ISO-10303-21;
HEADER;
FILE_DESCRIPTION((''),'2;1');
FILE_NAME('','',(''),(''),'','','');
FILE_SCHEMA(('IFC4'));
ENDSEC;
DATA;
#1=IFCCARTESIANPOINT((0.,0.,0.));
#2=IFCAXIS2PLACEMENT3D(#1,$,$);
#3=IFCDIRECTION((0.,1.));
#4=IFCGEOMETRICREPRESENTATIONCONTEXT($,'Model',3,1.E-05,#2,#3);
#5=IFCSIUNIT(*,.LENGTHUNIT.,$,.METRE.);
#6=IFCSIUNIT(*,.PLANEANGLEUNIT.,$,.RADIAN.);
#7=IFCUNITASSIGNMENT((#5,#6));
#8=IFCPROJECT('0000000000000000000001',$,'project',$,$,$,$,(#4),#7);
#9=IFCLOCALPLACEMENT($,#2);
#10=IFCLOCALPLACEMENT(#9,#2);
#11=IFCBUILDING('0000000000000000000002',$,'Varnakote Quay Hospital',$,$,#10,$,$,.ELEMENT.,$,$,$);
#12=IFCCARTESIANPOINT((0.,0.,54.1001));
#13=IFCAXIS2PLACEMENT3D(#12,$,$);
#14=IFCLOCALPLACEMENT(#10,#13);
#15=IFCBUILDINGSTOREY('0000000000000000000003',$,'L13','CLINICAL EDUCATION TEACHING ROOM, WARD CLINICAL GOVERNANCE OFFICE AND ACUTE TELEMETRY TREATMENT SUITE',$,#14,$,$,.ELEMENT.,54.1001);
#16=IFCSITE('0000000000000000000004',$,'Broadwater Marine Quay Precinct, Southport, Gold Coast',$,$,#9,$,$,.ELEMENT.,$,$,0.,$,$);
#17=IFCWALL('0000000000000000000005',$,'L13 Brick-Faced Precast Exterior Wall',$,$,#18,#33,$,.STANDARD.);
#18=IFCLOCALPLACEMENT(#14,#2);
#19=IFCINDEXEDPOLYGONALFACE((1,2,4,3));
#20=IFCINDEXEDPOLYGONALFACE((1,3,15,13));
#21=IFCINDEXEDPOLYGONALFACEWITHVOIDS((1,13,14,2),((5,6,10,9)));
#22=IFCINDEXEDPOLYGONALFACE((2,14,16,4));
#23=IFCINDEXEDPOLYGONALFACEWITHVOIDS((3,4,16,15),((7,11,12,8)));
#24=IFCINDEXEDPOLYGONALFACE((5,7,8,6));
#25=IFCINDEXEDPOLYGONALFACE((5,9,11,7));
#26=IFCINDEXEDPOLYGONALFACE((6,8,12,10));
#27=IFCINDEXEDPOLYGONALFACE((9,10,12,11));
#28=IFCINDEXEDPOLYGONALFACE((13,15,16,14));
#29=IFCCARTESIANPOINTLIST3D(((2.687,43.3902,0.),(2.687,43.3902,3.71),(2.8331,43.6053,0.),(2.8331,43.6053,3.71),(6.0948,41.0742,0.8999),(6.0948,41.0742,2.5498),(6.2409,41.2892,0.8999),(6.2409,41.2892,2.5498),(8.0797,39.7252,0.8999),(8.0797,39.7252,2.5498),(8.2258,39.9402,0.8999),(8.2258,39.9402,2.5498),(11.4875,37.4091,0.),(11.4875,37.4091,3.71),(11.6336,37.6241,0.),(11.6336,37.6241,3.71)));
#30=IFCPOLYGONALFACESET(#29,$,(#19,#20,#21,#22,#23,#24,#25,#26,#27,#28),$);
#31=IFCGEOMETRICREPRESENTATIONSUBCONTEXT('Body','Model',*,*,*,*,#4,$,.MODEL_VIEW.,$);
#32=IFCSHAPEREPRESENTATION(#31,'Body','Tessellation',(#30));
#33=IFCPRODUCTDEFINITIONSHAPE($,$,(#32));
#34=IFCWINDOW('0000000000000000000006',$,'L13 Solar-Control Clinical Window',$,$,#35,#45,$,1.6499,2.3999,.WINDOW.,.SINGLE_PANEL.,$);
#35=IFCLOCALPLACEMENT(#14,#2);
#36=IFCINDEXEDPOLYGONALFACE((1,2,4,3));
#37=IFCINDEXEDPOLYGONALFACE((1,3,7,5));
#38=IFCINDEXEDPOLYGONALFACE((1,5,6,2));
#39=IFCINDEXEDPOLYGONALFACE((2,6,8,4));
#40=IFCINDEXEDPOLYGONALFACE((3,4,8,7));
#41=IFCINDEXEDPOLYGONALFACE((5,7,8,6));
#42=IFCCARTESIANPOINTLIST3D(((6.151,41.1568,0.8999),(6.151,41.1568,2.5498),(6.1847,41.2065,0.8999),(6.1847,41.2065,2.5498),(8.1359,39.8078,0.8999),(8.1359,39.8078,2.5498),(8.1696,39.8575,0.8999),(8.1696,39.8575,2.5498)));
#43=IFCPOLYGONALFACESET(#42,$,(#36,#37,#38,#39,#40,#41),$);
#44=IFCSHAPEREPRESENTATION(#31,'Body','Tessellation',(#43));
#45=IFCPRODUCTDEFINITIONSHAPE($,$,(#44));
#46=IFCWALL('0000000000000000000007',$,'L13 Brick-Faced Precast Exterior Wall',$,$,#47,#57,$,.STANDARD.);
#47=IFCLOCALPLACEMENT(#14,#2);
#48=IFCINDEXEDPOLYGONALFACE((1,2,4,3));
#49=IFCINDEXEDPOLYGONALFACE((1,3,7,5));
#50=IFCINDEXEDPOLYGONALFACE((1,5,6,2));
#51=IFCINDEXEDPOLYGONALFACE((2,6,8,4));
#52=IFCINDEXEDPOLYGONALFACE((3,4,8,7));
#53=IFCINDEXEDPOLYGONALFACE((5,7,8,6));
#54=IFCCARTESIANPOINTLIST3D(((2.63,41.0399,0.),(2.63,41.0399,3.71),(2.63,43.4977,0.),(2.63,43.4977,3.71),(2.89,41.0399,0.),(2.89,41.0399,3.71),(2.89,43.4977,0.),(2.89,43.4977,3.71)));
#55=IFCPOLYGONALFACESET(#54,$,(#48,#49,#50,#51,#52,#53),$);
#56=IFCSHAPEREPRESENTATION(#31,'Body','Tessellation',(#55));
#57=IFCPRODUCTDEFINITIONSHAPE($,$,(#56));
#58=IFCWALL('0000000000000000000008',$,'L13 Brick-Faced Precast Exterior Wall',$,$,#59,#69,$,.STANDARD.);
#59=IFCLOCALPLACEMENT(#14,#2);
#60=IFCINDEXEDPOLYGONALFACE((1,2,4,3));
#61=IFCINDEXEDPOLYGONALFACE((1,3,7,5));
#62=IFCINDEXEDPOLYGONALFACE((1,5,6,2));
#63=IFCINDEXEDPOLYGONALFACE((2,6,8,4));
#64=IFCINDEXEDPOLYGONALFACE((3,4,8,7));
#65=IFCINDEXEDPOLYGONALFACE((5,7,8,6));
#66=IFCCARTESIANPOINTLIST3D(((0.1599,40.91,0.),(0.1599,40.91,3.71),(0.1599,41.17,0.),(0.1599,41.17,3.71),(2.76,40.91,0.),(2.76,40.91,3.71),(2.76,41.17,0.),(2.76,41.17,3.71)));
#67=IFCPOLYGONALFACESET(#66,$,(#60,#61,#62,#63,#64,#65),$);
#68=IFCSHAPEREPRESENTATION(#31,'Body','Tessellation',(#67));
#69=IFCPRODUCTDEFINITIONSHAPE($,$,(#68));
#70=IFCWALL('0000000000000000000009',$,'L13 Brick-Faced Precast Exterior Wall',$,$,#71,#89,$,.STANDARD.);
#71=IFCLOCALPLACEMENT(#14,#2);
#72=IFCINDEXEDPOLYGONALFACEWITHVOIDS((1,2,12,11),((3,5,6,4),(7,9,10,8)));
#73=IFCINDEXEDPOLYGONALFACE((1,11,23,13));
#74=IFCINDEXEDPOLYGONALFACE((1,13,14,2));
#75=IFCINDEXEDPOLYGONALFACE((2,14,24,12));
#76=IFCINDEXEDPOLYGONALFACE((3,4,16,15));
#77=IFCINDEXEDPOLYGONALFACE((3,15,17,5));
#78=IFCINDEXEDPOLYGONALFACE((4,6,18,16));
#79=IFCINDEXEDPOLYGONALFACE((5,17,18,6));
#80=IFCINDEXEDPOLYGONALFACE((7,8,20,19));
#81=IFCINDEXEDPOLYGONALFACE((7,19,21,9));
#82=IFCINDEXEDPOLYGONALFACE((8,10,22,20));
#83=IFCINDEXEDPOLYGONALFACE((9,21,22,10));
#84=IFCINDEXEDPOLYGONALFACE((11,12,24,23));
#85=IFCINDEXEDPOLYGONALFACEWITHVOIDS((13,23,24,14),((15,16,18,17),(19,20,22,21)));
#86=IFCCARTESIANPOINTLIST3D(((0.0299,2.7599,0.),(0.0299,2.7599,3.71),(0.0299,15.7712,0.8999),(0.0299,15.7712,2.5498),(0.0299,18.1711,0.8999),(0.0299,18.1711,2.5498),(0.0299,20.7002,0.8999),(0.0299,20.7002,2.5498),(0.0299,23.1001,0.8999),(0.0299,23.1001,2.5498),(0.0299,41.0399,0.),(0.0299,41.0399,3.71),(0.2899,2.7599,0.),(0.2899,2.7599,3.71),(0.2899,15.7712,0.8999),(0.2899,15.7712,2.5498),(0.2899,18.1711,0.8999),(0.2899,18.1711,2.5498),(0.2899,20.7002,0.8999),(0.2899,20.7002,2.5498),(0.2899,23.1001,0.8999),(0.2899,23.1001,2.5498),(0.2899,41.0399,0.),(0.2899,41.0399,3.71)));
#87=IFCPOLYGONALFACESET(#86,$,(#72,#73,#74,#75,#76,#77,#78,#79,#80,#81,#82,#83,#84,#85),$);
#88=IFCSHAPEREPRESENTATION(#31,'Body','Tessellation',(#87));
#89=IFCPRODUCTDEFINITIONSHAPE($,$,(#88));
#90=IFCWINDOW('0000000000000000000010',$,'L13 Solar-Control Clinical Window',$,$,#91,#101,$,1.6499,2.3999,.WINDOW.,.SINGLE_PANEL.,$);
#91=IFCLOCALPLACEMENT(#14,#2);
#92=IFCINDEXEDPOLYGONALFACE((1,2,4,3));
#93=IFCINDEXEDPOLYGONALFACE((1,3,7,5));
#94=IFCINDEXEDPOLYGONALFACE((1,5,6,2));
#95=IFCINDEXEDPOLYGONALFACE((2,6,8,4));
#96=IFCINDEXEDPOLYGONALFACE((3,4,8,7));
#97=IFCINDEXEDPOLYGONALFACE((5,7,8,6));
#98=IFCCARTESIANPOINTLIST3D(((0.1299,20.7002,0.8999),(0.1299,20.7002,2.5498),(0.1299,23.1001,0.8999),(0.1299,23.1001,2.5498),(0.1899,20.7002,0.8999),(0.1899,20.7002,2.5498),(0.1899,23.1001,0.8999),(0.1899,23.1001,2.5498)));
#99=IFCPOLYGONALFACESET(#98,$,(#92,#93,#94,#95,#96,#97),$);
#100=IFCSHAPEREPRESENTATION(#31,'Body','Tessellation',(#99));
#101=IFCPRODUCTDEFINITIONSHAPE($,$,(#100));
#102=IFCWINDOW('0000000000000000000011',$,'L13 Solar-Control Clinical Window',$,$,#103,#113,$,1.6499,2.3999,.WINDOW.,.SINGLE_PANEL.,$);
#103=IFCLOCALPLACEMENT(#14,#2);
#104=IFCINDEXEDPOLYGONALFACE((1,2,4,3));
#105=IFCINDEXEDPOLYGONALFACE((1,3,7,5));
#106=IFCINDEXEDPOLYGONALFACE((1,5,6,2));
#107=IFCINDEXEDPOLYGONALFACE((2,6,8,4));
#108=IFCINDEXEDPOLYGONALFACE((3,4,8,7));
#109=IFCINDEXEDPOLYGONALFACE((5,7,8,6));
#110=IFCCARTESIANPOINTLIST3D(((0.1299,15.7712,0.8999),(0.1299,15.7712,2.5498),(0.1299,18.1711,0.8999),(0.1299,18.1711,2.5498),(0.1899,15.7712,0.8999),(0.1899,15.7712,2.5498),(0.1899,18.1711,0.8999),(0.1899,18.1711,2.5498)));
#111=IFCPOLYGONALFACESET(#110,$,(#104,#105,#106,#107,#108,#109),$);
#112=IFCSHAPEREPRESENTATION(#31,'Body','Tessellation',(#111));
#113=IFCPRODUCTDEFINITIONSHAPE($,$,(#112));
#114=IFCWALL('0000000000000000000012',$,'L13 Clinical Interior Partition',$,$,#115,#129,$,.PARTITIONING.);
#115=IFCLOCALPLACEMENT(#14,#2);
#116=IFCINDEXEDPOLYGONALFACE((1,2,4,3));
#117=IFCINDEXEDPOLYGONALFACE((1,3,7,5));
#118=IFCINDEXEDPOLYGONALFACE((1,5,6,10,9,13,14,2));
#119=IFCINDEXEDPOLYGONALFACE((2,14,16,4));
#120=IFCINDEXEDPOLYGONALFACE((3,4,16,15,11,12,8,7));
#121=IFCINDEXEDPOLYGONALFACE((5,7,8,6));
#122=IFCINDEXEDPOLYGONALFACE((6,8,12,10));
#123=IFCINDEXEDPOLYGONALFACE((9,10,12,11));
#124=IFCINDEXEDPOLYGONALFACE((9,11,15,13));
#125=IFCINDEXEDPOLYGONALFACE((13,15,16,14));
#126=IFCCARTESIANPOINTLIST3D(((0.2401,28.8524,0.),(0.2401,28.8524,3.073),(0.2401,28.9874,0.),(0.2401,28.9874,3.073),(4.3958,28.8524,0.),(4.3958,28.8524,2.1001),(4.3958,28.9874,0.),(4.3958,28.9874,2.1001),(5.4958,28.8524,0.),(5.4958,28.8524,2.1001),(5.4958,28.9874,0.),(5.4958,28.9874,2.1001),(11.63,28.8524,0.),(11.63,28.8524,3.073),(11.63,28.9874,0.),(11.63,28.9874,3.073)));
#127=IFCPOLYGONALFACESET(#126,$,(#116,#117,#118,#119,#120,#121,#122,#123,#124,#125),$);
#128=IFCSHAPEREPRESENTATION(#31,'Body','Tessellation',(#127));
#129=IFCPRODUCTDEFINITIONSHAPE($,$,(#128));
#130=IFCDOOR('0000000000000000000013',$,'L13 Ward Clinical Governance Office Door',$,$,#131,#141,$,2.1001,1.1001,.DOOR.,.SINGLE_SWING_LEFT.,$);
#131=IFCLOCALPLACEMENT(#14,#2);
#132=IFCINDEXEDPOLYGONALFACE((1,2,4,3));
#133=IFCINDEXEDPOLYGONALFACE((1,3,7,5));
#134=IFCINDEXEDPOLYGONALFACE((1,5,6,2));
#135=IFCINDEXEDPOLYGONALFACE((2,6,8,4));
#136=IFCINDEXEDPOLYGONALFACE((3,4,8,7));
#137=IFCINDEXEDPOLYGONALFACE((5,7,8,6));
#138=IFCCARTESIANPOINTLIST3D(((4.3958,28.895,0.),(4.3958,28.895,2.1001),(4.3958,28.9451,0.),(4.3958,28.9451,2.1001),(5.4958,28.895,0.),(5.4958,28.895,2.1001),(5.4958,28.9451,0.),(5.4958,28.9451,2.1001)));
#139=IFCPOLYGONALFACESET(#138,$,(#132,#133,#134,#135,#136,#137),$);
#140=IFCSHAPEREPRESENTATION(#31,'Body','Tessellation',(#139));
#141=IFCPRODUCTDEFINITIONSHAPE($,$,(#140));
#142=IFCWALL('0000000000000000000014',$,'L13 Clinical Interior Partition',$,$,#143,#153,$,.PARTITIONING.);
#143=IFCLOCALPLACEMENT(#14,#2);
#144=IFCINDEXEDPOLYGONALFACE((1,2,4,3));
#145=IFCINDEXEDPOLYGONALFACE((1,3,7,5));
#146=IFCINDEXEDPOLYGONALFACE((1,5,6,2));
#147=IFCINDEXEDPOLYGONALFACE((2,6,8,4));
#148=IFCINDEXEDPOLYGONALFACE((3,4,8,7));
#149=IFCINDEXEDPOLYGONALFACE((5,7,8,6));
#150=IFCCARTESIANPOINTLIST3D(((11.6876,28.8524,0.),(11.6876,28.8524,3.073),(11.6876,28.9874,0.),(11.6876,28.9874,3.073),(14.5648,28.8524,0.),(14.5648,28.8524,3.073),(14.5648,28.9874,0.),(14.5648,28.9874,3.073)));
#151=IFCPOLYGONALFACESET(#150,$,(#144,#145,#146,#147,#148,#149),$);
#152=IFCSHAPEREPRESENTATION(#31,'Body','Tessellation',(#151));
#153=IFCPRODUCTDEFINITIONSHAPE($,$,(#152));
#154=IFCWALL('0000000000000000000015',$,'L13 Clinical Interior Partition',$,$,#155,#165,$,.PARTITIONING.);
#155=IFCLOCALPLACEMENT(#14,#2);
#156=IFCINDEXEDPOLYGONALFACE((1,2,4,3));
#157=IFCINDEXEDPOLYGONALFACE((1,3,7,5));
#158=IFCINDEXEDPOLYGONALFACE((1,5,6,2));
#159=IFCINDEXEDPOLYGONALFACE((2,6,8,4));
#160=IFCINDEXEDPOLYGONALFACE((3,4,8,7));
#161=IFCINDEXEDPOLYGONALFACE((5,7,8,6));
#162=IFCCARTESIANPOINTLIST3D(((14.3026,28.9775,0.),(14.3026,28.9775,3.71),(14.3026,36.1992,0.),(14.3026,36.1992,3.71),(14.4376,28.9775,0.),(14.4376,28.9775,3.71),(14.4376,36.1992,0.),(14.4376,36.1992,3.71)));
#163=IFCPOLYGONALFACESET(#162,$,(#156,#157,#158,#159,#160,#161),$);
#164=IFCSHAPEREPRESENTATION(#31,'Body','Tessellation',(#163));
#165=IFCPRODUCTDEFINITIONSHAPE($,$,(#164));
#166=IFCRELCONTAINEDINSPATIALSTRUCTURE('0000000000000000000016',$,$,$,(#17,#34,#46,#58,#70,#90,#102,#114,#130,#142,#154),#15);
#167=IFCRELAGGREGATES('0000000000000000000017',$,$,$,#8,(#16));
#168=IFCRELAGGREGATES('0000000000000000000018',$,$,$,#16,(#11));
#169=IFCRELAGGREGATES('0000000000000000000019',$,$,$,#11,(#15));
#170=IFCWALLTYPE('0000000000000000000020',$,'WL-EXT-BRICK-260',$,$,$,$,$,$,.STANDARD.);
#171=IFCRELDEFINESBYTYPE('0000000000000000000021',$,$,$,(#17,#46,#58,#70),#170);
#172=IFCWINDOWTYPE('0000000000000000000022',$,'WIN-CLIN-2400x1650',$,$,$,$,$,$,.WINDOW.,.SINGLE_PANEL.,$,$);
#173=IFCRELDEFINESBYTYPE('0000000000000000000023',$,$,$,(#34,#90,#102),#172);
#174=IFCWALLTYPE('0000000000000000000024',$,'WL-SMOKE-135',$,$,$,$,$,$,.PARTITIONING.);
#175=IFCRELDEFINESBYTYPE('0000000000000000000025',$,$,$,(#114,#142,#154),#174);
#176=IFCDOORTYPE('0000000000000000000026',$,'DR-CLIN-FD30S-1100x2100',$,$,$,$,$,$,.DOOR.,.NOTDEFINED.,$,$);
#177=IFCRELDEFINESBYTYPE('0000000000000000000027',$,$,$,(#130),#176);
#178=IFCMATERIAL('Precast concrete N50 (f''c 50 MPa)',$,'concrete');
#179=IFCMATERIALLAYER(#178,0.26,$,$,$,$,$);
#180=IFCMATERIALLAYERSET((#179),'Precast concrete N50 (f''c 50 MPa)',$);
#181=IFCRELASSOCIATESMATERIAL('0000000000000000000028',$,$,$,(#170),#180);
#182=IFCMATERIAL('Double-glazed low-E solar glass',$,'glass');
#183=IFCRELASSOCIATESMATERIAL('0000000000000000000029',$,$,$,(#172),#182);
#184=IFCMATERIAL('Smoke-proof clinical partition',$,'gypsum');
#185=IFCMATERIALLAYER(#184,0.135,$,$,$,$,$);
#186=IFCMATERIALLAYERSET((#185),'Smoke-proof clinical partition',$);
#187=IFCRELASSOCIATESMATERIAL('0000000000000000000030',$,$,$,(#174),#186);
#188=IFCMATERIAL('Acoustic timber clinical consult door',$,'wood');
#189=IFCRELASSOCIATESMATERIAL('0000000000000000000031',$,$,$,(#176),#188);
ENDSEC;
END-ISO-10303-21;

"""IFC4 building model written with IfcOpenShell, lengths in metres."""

from ifc_helpers import new_model, si_unit, direction, frame, frame_2d, origin, place, context, subcontext, project, spatial, rectangle, extrude, material, layer, layer_set, type_object, element, fill, save


model = new_model("IFC4")

# Units and contexts
model_context = context("Model", 3, precision=1e-05, world=origin(), true_north=direction((0.0, 1.0)))
body_context = subcontext(model_context, "Body", "Model", "MODEL_VIEW")
ifc_project = project(units=[si_unit("LENGTHUNIT", "METRE"), si_unit("PLANEANGLEUNIT", "RADIAN")], contexts=[model_context])

# Site, building, storey
site_placement = place(None, origin())
site = spatial("IfcSite", under=ifc_project, at=site_placement, Name="Broadwater Marine Quay Precinct, Southport, Gold Coast", CompositionType="ELEMENT", RefElevation=0.0)
building_placement = place(site_placement, origin())
building = spatial("IfcBuilding", under=site, at=building_placement, Name="Varnakote Quay Hospital", CompositionType="ELEMENT")
storey_placement = place(building_placement, frame((0.0, 0.0, 54.1001)))
storey = spatial("IfcBuildingStorey", under=building, at=storey_placement, Name="L13", Description="CLINICAL EDUCATION TEACHING ROOM, WARD CLINICAL GOVERNANCE OFFICE AND ACUTE TELEMETRY TREATMENT SUITE", CompositionType="ELEMENT", Elevation=54.1001)

# Wall, opening, window
ifc_material_1 = material(Name="Precast concrete N50 (f'c 50 MPa)", Category="concrete")
ifc_layer_1 = layer(ifc_material_1, 0.26)
ifc_layer_set_1 = layer_set([ifc_layer_1], Name="Precast concrete N50 (f'c 50 MPa)")
wall_type_1 = type_object("IfcWallType", Name="WL-EXT-BRICK-260", PredefinedType="STANDARD", material=ifc_layer_set_1)
wall_1_placement = place(storey_placement, frame((11.5605, 37.5166, 0.0), z_axis=(0.0, 0.0, 1.0), x_axis=(-0.827065, 0.562107, 0.0)))
wall_1 = element("IfcWall", 1, at=wall_1_placement, inside=storey, type_object=wall_type_1, Name="L13 Brick-Faced Precast Exterior Wall", PredefinedType="STANDARD", context=body_context, shape_type="SweptSolid", body=[
    extrude(rectangle(XDim=10.6406, YDim=0.26, at=frame_2d((5.3203, 0.0))), origin(), (0.0, 0.0, 1.0), 3.71),
])
opening_1_placement = place(wall_1_placement, frame((4.1204, 0.0, 0.8999)))
opening_1 = element("IfcOpeningElement", 2, at=opening_1_placement, cuts=wall_1, PredefinedType="OPENING", context=body_context, shape_type="SweptSolid", body=[
    extrude(rectangle(XDim=2.3999, YDim=1.6499, at=frame_2d((1.2, 0.825))), frame((0.0, 0.1399, 0.0), z_axis=(0.0, -1.0, 0.0), x_axis=(1.0, 0.0, 0.0)), (0.0, 0.0, 1.0), 0.28),
])
ifc_material_2 = material(Name="Double-glazed low-E solar glass", Category="glass")
window_type = type_object("IfcWindowType", Name="WIN-CLIN-2400x1650", PartitioningType="SINGLE_PANEL", PredefinedType="WINDOW", material=ifc_material_2)
window_1_placement = place(opening_1_placement, origin())
window_1 = element("IfcWindow", 3, at=window_1_placement, inside=storey, type_object=window_type, Name="L13 Solar-Control Clinical Window", OverallHeight=1.6499, OverallWidth=2.3999, PartitioningType="SINGLE_PANEL", PredefinedType="WINDOW", context=body_context, shape_type="SweptSolid", body=[
    extrude(rectangle(XDim=2.3999, YDim=1.6499, at=frame_2d((1.2, 0.825))), frame((0.0, 0.03, 0.0), z_axis=(0.0, -1.0, 0.0), x_axis=(1.0, 0.0, 0.0)), (0.0, 0.0, 1.0), 0.0601),
])
fill(opening_1, window_1)

# Walls
wall_2_placement = place(storey_placement, frame((2.76, 43.4978, 0.0), z_axis=(0.0, 0.0, 1.0), x_axis=(0.0, -1.0, 0.0)))
element("IfcWall", 4, at=wall_2_placement, inside=storey, type_object=wall_type_1, Name="L13 Brick-Faced Precast Exterior Wall", PredefinedType="STANDARD", context=body_context, shape_type="SweptSolid", body=[
    extrude(rectangle(XDim=2.4578, YDim=0.26, at=frame_2d((1.229, 0.0))), origin(), (0.0, 0.0, 1.0), 3.71),
])
wall_3_placement = place(storey_placement, frame((2.76, 41.04, 0.0), z_axis=(0.0, 0.0, 1.0), x_axis=(-1.0, 0.0, 0.0)))
element("IfcWall", 5, at=wall_3_placement, inside=storey, type_object=wall_type_1, Name="L13 Brick-Faced Precast Exterior Wall", PredefinedType="STANDARD", context=body_context, shape_type="SweptSolid", body=[
    extrude(rectangle(XDim=2.6001, YDim=0.26, at=frame_2d((1.3, 0.0))), origin(), (0.0, 0.0, 1.0), 3.71),
])

# Wall, openings, windows
wall_4_placement = place(storey_placement, frame((0.1599, 41.04, 0.0), z_axis=(0.0, 0.0, 1.0), x_axis=(0.0, -1.0, 0.0)))
wall_4 = element("IfcWall", 6, at=wall_4_placement, inside=storey, type_object=wall_type_1, Name="L13 Brick-Faced Precast Exterior Wall", PredefinedType="STANDARD", context=body_context, shape_type="SweptSolid", body=[
    extrude(rectangle(XDim=38.28, YDim=0.26, at=frame_2d((19.1401, 0.0))), origin(), (0.0, 0.0, 1.0), 3.71),
])
opening_2_placement = place(wall_4_placement, frame((17.9399, 0.0, 0.8999)))
opening_2 = element("IfcOpeningElement", 7, at=opening_2_placement, cuts=wall_4, PredefinedType="OPENING", context=body_context, shape_type="SweptSolid", body=[
    extrude(rectangle(XDim=2.3999, YDim=1.6499, at=frame_2d((1.2, 0.825))), frame((0.0, 0.1399, 0.0), z_axis=(0.0, -1.0, 0.0), x_axis=(1.0, 0.0, 0.0)), (0.0, 0.0, 1.0), 0.28),
])
opening_3_placement = place(wall_4_placement, frame((22.8689, 0.0, 0.8999)))
opening_3 = element("IfcOpeningElement", 8, at=opening_3_placement, cuts=wall_4, PredefinedType="OPENING", context=body_context, shape_type="SweptSolid", body=[
    extrude(rectangle(XDim=2.3999, YDim=1.6499, at=frame_2d((1.2, 0.825))), frame((0.0, 0.1399, 0.0), z_axis=(0.0, -1.0, 0.0), x_axis=(1.0, 0.0, 0.0)), (0.0, 0.0, 1.0), 0.28),
])
window_2_placement = place(opening_2_placement, origin())
window_2 = element("IfcWindow", 9, at=window_2_placement, inside=storey, type_object=window_type, Name="L13 Solar-Control Clinical Window", OverallHeight=1.6499, OverallWidth=2.3999, PartitioningType="SINGLE_PANEL", PredefinedType="WINDOW", context=body_context, shape_type="SweptSolid", body=[
    extrude(rectangle(XDim=2.3999, YDim=1.6499, at=frame_2d((1.2, 0.825))), frame((0.0, 0.03, 0.0), z_axis=(0.0, -1.0, 0.0), x_axis=(1.0, 0.0, 0.0)), (0.0, 0.0, 1.0), 0.0601),
])
fill(opening_2, window_2)
window_3_placement = place(opening_3_placement, origin())
window_3 = element("IfcWindow", 10, at=window_3_placement, inside=storey, type_object=window_type, Name="L13 Solar-Control Clinical Window", OverallHeight=1.6499, OverallWidth=2.3999, PartitioningType="SINGLE_PANEL", PredefinedType="WINDOW", context=body_context, shape_type="SweptSolid", body=[
    extrude(rectangle(XDim=2.3999, YDim=1.6499, at=frame_2d((1.2, 0.825))), frame((0.0, 0.03, 0.0), z_axis=(0.0, -1.0, 0.0), x_axis=(1.0, 0.0, 0.0)), (0.0, 0.0, 1.0), 0.0601),
])
fill(opening_3, window_3)

# Wall, opening, door
ifc_material_3 = material(Name="Smoke-proof clinical partition", Category="gypsum")
ifc_layer_2 = layer(ifc_material_3, 0.135)
ifc_layer_set_2 = layer_set([ifc_layer_2], Name="Smoke-proof clinical partition")
wall_type_2 = type_object("IfcWallType", Name="WL-SMOKE-135", PredefinedType="PARTITIONING", material=ifc_layer_set_2)
wall_5_placement = place(storey_placement, frame((11.6299, 28.9199, 0.0), z_axis=(0.0, 0.0, 1.0), x_axis=(-1.0, 0.0, 0.0)))
wall_5 = element("IfcWall", 11, at=wall_5_placement, inside=storey, type_object=wall_type_2, Name="L13 Clinical Interior Partition", PredefinedType="PARTITIONING", context=body_context, shape_type="SweptSolid", body=[
    extrude(rectangle(XDim=11.3899, YDim=0.135, at=frame_2d((5.6948, 0.0))), origin(), (0.0, 0.0, 1.0), 3.073),
])
opening_4_placement = place(wall_5_placement, frame((6.134, 0.0, 0.0)))
opening_4 = element("IfcOpeningElement", 12, at=opening_4_placement, cuts=wall_5, PredefinedType="OPENING", context=body_context, shape_type="SweptSolid", body=[
    extrude(rectangle(XDim=1.1001, YDim=2.1001, at=frame_2d((0.55, 1.05))), frame((0.0, 0.0774, 0.0), z_axis=(0.0, -1.0, 0.0), x_axis=(1.0, 0.0, 0.0)), (0.0, 0.0, 1.0), 0.155),
])
ifc_material_4 = material(Name="Acoustic timber clinical consult door", Category="wood")
door_type = type_object("IfcDoorType", Name="DR-CLIN-FD30S-1100x2100", OperationType="NOTDEFINED", PredefinedType="DOOR", material=ifc_material_4)
door_placement = place(opening_4_placement, origin())
door = element("IfcDoor", 13, at=door_placement, inside=storey, type_object=door_type, Name="L13 Ward Clinical Governance Office Door", OperationType="SINGLE_SWING_LEFT", OverallHeight=2.1001, OverallWidth=1.1001, PredefinedType="DOOR", context=body_context, shape_type="SweptSolid", body=[
    extrude(rectangle(XDim=1.1001, YDim=2.1001, at=frame_2d((0.55, 1.05))), frame((0.0, 0.0249, 0.0), z_axis=(0.0, -1.0, 0.0), x_axis=(1.0, 0.0, 0.0)), (0.0, 0.0, 1.0), 0.05),
])
fill(opening_4, door)

# Walls
wall_6_placement = place(storey_placement, frame((14.5647, 28.9199, 0.0), z_axis=(0.0, 0.0, 1.0), x_axis=(-1.0, 0.0, 0.0)))
element("IfcWall", 14, at=wall_6_placement, inside=storey, type_object=wall_type_2, Name="L13 Clinical Interior Partition", PredefinedType="PARTITIONING", context=body_context, shape_type="SweptSolid", body=[
    extrude(rectangle(XDim=2.8772, YDim=0.135, at=frame_2d((1.4385, 0.0))), origin(), (0.0, 0.0, 1.0), 3.073),
])
wall_7_placement = place(storey_placement, frame((14.3701, 28.9775, 0.0), z_axis=(0.0, 0.0, 1.0), x_axis=(0.0, 1.0, 0.0)))
element("IfcWall", 15, at=wall_7_placement, inside=storey, type_object=wall_type_2, Name="L13 Clinical Interior Partition", PredefinedType="PARTITIONING", context=body_context, shape_type="SweptSolid", body=[
    extrude(rectangle(XDim=7.2217, YDim=0.135, at=frame_2d((3.6108, 0.0))), origin(), (0.0, 0.0, 1.0), 3.71),
])

save(model, "model.ifc")
